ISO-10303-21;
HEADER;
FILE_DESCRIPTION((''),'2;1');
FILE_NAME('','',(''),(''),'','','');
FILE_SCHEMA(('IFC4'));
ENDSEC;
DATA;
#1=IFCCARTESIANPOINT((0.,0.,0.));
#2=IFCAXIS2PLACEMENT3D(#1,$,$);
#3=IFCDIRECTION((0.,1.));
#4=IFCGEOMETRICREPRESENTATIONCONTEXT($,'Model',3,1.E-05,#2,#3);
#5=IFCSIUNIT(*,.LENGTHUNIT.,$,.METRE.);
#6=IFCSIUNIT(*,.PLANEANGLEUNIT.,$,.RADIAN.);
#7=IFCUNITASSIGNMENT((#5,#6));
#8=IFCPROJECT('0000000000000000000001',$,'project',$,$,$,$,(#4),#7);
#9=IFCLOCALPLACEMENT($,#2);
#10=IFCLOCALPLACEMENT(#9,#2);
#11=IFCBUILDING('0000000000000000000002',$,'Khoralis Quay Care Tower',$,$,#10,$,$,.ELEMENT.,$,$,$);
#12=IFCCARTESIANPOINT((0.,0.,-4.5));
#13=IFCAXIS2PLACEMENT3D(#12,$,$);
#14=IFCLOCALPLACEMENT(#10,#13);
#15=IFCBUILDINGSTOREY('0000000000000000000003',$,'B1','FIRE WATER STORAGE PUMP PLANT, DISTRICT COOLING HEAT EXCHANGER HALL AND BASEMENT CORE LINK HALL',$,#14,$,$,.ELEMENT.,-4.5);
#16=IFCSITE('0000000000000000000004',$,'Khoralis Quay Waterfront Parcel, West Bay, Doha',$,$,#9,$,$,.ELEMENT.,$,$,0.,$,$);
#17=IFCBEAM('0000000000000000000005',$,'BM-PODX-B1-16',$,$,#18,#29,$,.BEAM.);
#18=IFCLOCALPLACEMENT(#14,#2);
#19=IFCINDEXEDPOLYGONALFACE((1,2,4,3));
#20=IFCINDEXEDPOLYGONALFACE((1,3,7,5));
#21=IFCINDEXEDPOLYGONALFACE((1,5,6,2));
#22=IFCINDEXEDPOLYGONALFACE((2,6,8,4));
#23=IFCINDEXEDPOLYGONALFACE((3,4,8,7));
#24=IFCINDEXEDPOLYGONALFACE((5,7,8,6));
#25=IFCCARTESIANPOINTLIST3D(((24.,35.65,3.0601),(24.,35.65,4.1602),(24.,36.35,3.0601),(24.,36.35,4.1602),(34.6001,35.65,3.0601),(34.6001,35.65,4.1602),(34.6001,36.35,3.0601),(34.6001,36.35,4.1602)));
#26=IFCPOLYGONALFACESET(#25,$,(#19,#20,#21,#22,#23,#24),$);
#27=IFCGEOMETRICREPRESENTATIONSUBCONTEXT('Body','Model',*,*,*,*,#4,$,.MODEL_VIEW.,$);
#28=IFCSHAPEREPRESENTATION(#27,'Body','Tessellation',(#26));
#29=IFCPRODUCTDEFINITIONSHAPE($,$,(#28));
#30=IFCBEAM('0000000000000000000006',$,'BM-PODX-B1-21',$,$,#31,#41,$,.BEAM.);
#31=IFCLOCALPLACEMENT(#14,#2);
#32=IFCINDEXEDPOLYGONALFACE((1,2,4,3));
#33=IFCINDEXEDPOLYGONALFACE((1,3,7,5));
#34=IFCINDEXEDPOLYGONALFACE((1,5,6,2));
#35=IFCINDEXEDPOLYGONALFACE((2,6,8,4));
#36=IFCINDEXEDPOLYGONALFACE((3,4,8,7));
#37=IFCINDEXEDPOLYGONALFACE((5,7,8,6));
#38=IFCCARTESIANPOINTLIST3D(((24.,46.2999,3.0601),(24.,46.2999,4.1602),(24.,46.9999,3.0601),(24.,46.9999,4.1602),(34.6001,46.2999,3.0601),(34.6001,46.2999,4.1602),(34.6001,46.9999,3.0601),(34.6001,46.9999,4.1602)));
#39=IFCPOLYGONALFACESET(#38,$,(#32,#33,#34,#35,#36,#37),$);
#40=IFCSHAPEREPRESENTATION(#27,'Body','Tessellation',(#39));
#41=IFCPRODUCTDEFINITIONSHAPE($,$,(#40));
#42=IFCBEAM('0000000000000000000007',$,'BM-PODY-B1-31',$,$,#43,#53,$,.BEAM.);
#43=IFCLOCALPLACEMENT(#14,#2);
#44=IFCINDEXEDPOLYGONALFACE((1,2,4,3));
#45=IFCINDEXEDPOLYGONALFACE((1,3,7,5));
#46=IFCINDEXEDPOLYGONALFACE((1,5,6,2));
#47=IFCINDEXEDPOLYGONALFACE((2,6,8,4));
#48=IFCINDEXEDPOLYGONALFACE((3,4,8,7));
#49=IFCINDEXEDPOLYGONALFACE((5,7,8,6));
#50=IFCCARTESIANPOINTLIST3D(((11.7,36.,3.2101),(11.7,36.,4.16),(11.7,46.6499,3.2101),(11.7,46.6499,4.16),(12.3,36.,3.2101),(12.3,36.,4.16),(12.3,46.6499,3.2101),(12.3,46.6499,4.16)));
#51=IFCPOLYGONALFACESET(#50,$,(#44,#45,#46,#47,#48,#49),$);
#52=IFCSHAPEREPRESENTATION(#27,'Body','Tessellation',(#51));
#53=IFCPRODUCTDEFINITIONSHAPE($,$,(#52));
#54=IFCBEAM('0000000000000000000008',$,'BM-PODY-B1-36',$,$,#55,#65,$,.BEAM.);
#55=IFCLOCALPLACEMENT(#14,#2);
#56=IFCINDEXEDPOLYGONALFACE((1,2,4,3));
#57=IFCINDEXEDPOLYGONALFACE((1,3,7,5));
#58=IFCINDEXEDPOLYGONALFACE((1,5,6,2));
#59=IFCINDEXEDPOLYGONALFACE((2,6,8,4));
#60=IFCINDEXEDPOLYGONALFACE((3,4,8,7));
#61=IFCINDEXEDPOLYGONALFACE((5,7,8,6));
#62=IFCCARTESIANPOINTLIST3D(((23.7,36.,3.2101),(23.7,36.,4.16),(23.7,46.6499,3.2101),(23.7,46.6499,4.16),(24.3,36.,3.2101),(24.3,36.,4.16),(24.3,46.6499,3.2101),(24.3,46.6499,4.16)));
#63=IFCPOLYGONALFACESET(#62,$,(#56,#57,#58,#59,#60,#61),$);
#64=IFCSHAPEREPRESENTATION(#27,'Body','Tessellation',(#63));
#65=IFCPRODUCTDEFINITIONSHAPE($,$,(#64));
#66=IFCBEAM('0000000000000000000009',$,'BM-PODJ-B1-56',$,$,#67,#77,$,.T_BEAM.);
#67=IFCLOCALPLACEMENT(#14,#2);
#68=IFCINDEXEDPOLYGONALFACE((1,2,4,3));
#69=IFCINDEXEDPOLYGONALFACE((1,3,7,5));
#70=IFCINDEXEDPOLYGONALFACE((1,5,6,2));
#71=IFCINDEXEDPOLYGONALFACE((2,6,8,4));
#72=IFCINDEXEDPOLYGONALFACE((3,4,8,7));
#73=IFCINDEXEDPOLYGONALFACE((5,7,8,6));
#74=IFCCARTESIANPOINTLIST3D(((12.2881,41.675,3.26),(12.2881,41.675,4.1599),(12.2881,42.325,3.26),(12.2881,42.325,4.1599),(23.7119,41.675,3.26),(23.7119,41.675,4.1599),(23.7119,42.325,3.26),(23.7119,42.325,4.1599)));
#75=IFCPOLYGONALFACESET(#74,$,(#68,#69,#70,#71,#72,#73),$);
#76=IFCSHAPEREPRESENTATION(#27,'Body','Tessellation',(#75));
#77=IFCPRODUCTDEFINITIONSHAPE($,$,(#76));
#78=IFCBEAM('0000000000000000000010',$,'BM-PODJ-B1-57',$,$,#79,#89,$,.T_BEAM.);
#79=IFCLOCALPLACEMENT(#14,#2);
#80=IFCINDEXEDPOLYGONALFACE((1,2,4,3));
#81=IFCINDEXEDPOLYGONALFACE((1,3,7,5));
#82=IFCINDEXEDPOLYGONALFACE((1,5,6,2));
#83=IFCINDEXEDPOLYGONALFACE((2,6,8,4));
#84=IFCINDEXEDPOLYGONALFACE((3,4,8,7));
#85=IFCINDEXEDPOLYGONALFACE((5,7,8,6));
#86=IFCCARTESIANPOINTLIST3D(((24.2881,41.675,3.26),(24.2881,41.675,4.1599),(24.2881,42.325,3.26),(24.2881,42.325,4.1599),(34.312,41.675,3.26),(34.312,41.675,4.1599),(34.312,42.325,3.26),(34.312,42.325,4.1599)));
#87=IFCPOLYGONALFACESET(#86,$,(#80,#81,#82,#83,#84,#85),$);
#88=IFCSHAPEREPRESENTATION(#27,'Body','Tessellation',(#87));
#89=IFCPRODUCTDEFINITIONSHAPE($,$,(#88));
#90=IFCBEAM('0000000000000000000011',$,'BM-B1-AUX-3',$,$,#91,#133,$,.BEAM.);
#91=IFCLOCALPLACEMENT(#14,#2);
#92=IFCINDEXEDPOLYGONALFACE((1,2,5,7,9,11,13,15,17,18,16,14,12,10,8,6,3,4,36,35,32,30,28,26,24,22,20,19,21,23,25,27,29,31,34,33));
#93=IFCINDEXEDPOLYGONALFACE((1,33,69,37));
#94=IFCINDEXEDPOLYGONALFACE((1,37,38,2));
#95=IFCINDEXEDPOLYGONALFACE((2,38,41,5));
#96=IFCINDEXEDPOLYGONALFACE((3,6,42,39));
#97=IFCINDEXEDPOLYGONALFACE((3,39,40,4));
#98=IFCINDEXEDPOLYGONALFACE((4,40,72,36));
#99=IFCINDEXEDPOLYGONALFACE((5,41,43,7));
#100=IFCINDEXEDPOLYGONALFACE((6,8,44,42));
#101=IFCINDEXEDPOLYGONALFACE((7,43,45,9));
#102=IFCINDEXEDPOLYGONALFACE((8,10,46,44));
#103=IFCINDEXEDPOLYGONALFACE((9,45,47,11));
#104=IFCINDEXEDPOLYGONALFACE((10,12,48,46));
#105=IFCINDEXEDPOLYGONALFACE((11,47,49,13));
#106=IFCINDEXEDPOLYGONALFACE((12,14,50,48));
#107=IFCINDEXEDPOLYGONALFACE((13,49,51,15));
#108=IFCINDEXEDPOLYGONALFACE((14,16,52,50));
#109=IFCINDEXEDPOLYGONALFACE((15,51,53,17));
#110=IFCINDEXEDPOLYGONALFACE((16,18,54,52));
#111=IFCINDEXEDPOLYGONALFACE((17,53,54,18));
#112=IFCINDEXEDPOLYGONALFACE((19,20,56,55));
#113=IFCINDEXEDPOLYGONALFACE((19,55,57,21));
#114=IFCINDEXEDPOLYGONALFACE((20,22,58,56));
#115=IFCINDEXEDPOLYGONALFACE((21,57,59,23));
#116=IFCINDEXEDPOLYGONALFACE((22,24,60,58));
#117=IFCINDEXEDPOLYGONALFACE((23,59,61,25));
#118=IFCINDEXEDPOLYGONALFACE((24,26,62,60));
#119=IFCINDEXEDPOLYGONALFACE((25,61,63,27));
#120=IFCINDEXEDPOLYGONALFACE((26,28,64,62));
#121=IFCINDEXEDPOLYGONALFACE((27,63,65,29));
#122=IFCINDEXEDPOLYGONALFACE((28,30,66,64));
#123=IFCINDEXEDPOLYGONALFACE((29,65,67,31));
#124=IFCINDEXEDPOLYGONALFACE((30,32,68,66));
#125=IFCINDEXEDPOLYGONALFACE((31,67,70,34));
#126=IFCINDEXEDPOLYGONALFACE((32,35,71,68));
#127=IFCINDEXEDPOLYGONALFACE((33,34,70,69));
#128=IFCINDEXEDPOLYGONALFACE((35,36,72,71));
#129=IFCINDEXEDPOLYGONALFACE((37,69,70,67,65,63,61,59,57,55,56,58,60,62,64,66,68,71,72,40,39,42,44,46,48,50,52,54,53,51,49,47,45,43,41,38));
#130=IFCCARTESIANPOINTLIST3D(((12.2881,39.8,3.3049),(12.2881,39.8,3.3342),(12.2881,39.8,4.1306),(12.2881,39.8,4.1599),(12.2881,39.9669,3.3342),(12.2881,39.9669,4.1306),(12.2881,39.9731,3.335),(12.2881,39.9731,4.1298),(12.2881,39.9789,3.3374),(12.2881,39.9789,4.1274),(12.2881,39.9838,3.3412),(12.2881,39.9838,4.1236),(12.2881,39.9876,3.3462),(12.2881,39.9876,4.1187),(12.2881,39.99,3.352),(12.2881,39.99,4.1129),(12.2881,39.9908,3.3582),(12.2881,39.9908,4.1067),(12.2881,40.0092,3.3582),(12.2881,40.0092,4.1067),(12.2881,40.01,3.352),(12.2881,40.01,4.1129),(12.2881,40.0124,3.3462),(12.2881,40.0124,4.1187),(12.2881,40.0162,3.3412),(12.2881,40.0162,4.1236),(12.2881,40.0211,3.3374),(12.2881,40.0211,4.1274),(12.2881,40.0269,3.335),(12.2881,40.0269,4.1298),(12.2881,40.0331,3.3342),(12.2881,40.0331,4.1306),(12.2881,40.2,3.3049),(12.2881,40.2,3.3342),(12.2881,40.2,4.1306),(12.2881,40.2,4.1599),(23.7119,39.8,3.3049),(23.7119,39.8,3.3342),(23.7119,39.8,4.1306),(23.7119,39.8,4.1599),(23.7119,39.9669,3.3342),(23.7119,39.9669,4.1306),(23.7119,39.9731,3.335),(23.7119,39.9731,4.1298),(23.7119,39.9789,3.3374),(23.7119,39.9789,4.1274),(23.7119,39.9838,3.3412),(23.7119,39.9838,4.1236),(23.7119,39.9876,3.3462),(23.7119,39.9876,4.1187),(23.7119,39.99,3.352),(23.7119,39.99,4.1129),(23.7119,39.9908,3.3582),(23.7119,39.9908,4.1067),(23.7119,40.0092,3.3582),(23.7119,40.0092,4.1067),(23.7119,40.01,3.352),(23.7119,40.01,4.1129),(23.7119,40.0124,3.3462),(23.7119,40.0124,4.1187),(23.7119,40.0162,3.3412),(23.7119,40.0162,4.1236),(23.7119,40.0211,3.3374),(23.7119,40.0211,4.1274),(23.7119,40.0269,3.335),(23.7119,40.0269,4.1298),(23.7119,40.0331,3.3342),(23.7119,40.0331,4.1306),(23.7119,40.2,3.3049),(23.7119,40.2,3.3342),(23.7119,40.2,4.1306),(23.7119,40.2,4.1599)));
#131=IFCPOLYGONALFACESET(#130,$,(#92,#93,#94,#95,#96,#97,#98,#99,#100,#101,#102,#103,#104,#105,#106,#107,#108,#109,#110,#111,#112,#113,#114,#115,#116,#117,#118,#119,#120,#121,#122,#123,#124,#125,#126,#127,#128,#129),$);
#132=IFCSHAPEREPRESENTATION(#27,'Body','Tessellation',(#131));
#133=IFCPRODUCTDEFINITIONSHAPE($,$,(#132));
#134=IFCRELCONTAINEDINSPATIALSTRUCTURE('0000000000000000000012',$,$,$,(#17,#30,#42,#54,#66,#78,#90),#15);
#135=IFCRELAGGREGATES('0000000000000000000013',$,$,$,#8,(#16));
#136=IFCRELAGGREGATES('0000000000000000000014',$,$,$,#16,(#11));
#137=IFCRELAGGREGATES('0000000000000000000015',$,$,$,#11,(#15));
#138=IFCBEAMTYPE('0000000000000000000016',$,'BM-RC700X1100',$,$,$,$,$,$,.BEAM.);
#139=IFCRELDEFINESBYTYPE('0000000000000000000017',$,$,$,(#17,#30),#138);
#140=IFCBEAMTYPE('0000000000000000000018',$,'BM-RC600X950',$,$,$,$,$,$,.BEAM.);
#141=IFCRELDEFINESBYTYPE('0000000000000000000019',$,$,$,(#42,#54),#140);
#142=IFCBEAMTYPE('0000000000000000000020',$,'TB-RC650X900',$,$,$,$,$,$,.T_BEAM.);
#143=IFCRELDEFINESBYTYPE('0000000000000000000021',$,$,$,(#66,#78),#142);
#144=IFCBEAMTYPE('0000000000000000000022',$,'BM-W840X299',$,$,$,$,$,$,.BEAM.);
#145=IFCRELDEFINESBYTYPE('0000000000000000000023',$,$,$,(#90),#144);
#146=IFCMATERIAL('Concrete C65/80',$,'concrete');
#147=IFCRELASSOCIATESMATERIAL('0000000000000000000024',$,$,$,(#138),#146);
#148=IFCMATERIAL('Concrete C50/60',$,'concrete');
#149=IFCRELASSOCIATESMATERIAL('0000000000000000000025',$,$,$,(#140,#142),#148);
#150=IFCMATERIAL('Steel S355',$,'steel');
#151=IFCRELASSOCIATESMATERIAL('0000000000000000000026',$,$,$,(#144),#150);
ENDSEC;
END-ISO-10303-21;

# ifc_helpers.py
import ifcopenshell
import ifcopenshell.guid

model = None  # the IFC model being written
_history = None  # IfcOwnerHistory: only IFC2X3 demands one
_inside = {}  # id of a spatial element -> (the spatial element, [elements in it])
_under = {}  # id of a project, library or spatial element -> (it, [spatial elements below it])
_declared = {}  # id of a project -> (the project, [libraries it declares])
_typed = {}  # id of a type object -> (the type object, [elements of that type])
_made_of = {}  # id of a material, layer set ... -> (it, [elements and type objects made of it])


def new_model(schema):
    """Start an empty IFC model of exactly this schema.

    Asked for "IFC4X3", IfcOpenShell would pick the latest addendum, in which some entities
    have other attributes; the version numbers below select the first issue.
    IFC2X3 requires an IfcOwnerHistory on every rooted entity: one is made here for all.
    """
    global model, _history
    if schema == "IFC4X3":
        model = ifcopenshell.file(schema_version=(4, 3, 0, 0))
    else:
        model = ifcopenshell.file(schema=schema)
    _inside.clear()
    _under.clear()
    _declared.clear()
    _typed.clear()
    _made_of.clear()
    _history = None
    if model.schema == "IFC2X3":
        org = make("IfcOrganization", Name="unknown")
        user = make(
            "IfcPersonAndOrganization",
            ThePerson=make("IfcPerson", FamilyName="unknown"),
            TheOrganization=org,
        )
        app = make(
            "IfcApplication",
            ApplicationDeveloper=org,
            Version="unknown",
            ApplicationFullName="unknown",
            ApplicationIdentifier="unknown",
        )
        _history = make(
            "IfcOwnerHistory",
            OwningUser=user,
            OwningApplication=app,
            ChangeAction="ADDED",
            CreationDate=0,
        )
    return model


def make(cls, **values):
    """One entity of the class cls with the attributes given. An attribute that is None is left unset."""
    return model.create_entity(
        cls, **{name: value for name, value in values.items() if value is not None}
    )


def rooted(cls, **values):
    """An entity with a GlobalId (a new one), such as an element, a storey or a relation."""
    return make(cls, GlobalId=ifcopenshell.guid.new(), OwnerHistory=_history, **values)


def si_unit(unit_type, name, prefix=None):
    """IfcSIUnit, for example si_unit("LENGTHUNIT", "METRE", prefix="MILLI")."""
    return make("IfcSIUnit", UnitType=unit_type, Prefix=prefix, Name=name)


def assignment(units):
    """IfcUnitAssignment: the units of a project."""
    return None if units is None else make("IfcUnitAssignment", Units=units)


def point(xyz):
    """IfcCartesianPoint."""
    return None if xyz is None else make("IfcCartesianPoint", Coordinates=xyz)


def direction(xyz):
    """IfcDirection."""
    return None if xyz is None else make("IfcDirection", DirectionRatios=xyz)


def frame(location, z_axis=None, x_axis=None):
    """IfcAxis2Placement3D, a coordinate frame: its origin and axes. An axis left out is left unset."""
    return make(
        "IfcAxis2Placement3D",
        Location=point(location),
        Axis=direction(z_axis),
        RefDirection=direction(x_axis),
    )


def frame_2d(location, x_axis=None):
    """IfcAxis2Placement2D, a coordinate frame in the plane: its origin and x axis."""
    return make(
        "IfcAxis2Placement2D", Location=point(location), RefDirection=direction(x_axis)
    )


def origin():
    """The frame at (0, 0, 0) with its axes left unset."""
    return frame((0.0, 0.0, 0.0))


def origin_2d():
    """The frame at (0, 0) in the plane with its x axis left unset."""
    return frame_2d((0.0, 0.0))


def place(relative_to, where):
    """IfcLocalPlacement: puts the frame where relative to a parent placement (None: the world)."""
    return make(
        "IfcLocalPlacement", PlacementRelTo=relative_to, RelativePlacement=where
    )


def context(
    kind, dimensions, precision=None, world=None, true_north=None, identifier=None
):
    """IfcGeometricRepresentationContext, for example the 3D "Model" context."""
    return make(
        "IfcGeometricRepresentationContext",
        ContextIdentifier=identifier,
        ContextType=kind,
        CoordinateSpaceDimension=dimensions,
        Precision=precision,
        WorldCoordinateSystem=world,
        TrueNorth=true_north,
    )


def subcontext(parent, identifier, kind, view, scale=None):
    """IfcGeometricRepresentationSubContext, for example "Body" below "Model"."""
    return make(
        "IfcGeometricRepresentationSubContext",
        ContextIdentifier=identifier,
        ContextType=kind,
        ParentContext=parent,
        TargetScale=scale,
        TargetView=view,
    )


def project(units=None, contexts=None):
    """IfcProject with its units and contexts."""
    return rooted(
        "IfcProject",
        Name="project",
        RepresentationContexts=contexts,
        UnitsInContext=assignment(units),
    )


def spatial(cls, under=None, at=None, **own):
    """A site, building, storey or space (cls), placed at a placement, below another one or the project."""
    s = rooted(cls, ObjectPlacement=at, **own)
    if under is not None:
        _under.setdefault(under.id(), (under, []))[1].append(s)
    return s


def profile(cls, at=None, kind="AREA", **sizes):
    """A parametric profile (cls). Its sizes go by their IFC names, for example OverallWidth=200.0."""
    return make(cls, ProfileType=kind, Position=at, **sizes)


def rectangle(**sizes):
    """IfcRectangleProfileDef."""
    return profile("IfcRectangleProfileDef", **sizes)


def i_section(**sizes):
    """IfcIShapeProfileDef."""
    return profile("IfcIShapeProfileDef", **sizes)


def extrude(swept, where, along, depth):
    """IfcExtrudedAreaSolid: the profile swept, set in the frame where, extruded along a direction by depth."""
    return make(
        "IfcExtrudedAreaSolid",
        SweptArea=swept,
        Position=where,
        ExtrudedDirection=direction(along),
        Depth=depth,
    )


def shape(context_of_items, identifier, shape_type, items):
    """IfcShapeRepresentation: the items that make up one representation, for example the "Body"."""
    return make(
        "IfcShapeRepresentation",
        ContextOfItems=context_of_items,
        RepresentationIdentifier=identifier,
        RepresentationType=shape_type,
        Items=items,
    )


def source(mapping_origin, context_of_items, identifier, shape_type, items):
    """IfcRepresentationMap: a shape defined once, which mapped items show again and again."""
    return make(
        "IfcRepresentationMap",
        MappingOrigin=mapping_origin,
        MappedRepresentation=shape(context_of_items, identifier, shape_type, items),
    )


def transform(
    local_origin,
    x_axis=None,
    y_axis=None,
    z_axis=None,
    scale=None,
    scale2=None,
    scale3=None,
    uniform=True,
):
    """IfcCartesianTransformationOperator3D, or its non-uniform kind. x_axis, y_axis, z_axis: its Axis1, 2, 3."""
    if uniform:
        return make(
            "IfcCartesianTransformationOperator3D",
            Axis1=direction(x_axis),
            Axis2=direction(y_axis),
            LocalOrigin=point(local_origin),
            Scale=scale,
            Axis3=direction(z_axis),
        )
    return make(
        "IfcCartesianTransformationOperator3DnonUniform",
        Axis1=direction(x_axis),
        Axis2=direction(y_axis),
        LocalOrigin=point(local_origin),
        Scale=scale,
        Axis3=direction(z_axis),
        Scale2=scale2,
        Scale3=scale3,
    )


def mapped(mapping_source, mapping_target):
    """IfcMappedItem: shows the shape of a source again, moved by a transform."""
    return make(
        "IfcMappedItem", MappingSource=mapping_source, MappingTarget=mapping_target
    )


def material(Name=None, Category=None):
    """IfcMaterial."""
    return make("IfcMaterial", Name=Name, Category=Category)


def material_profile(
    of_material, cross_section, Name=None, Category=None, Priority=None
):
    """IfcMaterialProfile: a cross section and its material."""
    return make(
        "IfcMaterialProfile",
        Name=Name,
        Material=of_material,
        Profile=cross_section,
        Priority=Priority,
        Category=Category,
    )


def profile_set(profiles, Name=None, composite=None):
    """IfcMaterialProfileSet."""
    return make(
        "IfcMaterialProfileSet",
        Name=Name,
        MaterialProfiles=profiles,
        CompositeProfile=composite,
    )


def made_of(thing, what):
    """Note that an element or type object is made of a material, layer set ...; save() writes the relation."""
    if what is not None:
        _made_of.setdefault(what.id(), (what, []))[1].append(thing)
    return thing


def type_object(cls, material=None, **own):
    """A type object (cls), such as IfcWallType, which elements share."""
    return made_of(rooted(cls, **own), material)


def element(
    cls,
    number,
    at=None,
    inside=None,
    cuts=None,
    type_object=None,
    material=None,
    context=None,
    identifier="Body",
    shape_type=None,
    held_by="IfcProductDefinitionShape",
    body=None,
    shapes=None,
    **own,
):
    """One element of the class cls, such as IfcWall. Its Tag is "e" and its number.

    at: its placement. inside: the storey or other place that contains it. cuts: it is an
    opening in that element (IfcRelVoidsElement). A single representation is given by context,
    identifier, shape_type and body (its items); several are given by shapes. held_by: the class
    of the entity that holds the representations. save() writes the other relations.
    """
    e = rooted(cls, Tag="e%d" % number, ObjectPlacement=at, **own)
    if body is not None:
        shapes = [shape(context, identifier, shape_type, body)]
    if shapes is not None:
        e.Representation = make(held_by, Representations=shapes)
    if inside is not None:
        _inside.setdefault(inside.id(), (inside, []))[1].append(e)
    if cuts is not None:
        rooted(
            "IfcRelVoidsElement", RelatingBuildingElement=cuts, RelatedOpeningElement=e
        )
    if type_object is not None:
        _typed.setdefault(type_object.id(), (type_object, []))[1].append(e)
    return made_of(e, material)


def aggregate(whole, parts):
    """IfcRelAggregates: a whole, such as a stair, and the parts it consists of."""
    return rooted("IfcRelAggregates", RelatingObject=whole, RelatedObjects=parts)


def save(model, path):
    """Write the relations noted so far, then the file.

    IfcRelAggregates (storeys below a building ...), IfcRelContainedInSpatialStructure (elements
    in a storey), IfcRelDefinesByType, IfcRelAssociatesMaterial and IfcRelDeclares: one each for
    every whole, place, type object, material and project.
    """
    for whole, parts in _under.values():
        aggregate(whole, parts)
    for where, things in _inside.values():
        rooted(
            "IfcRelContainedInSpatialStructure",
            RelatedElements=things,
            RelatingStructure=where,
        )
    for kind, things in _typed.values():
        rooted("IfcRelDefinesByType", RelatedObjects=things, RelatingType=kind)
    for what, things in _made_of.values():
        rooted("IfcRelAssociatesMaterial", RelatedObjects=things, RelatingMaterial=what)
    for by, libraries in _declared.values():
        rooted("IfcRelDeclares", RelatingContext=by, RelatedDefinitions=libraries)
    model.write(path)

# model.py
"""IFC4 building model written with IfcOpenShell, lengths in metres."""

from ifc_helpers import new_model, si_unit, direction, frame, origin, origin_2d, place, context, subcontext, project, spatial, rectangle, i_section, extrude, source, transform, mapped, material, material_profile, profile_set, type_object, element, save


model = new_model("IFC4")

# Units and contexts
model_context = context("Model", 3, precision=1e-05, world=origin(), true_north=direction((0.0, 1.0)))
body_context = subcontext(model_context, "Body", "Model", "MODEL_VIEW")
ifc_project = project(units=[si_unit("LENGTHUNIT", "METRE"), si_unit("PLANEANGLEUNIT", "RADIAN")], contexts=[model_context])

# Site, building, storey
site_placement = place(None, origin())
site = spatial("IfcSite", under=ifc_project, at=site_placement, Name="Khoralis Quay Waterfront Parcel, West Bay, Doha", CompositionType="ELEMENT", RefElevation=0.0)
building_placement = place(site_placement, origin())
building = spatial("IfcBuilding", under=site, at=building_placement, Name="Khoralis Quay Care Tower", CompositionType="ELEMENT")
storey_placement = place(building_placement, frame((0.0, 0.0, -4.5)))
storey = spatial("IfcBuildingStorey", under=building, at=storey_placement, Name="B1", Description="FIRE WATER STORAGE PUMP PLANT, DISTRICT COOLING HEAT EXCHANGER HALL AND BASEMENT CORE LINK HALL", CompositionType="ELEMENT", Elevation=-4.5)

# Shared definitions
ifc_material_1 = material(Name="Concrete C50/60", Category="concrete")

# Beams
ifc_material_2 = material(Name="Concrete C65/80", Category="concrete")
ifc_material_profile_1 = material_profile(ifc_material_2, rectangle(XDim=0.7, YDim=1.1001, at=origin_2d()), Name="Concrete C65/80")
ifc_profile_set_1 = profile_set([ifc_material_profile_1], Name="Concrete C65/80")
beam_type_1 = type_object("IfcBeamType", Name="BM-RC700X1100", PredefinedType="BEAM", material=ifc_profile_set_1)
shared_shape_1 = source(origin(), body_context, "Body", "SweptSolid", [
    extrude(rectangle(XDim=0.7, YDim=1.1001, at=origin_2d()), origin(), (0.0, 0.0, 1.0), 10.6001),
])
for number, where, z_axis, x_axis, name in (
    (1, (24.0, 36.0, 3.6101), (1.0, 0.0, 0.0), (0.0, 1.0, 0.0), "BM-PODX-B1-16"),
    (2, (24.0, 46.6499, 3.6101), (1.0, 0.0, 0.0), (0.0, 1.0, 0.0), "BM-PODX-B1-21"),
):
    element("IfcBeam", number, at=place(storey_placement, frame(where, z_axis=z_axis, x_axis=x_axis)), inside=storey, type_object=beam_type_1, Name=name, PredefinedType="BEAM", context=body_context, shape_type="MappedRepresentation", body=[
        mapped(shared_shape_1, transform((0.0, 0.0, 0.0), scale=1.0)),
    ])
ifc_material_profile_2 = material_profile(ifc_material_1, rectangle(XDim=0.6001, YDim=0.95, at=origin_2d()), Name="Concrete C50/60")
ifc_profile_set_2 = profile_set([ifc_material_profile_2], Name="Concrete C50/60")
beam_type_2 = type_object("IfcBeamType", Name="BM-RC600X950", PredefinedType="BEAM", material=ifc_profile_set_2)
shared_shape_2 = source(origin(), body_context, "Body", "SweptSolid", [
    extrude(rectangle(XDim=0.6001, YDim=0.95, at=origin_2d()), origin(), (0.0, 0.0, 1.0), 10.6499),
])
for number, where, z_axis, x_axis, name in (
    (3, (12.0, 36.0, 3.6851), (0.0, 1.0, 0.0), (-1.0, 0.0, 0.0), "BM-PODY-B1-31"),
    (4, (24.0, 36.0, 3.6851), (0.0, 1.0, 0.0), (-1.0, 0.0, 0.0), "BM-PODY-B1-36"),
):
    element("IfcBeam", number, at=place(storey_placement, frame(where, z_axis=z_axis, x_axis=x_axis)), inside=storey, type_object=beam_type_2, Name=name, PredefinedType="BEAM", context=body_context, shape_type="MappedRepresentation", body=[
        mapped(shared_shape_2, transform((0.0, 0.0, 0.0), scale=1.0)),
    ])
ifc_material_profile_3 = material_profile(ifc_material_1, rectangle(XDim=0.6499, YDim=0.8999, at=origin_2d()), Name="Concrete C50/60")
ifc_profile_set_3 = profile_set([ifc_material_profile_3], Name="Concrete C50/60")
beam_type_3 = type_object("IfcBeamType", Name="TB-RC650X900", PredefinedType="T_BEAM", material=ifc_profile_set_3)
shared_shape_3 = source(origin(), body_context, "Body", "SweptSolid", [
    extrude(rectangle(XDim=0.6499, YDim=0.8999, at=origin_2d()), origin(), (0.0, 0.0, 1.0), 11.4238),
])
beam_1_placement = place(storey_placement, frame((12.2881, 42.0, 3.71), z_axis=(1.0, 0.0, 0.0), x_axis=(0.0, 1.0, 0.0)))
element("IfcBeam", 5, at=beam_1_placement, inside=storey, type_object=beam_type_3, Name="BM-PODJ-B1-56", PredefinedType="T_BEAM", context=body_context, shape_type="MappedRepresentation", body=[
    mapped(shared_shape_3, transform((0.0, 0.0, 0.0), scale=1.0)),
])
shared_shape_4 = source(origin(), body_context, "Body", "SweptSolid", [
    extrude(rectangle(XDim=0.6499, YDim=0.8999, at=origin_2d()), origin(), (0.0, 0.0, 1.0), 10.0239),
])
beam_2_placement = place(storey_placement, frame((24.2881, 42.0, 3.71), z_axis=(1.0, 0.0, 0.0), x_axis=(0.0, 1.0, 0.0)))
element("IfcBeam", 6, at=beam_2_placement, inside=storey, type_object=beam_type_3, Name="BM-PODJ-B1-57", PredefinedType="T_BEAM", context=body_context, shape_type="MappedRepresentation", body=[
    mapped(shared_shape_4, transform((0.0, 0.0, 0.0), scale=1.0)),
])
ifc_material_3 = material(Name="Steel S355", Category="steel")
ifc_material_profile_4 = material_profile(ifc_material_3, i_section(OverallWidth=0.3999, OverallDepth=0.855, WebThickness=0.0183, FlangeThickness=0.0293, FilletRadius=0.0239, at=origin_2d()), Name="Steel S355")
ifc_profile_set_4 = profile_set([ifc_material_profile_4], Name="Steel S355")
beam_type_4 = type_object("IfcBeamType", Name="BM-W840X299", PredefinedType="BEAM", material=ifc_profile_set_4)
shared_shape_5 = source(origin(), body_context, "Body", "SweptSolid", [
    extrude(i_section(OverallWidth=0.3999, OverallDepth=0.855, WebThickness=0.0183, FlangeThickness=0.0293, FilletRadius=0.0239, at=origin_2d()), origin(), (0.0, 0.0, 1.0), 11.4238),
])
beam_3_placement = place(storey_placement, frame((12.2881, 40.0, 3.7324), z_axis=(1.0, 0.0, 0.0), x_axis=(0.0, 1.0, 0.0)))
element("IfcBeam", 7, at=beam_3_placement, inside=storey, type_object=beam_type_4, Name="BM-B1-AUX-3", PredefinedType="BEAM", context=body_context, shape_type="MappedRepresentation", body=[
    mapped(shared_shape_5, transform((0.0, 0.0, 0.0), scale=1.0)),
])

save(model, "model.ifc")
